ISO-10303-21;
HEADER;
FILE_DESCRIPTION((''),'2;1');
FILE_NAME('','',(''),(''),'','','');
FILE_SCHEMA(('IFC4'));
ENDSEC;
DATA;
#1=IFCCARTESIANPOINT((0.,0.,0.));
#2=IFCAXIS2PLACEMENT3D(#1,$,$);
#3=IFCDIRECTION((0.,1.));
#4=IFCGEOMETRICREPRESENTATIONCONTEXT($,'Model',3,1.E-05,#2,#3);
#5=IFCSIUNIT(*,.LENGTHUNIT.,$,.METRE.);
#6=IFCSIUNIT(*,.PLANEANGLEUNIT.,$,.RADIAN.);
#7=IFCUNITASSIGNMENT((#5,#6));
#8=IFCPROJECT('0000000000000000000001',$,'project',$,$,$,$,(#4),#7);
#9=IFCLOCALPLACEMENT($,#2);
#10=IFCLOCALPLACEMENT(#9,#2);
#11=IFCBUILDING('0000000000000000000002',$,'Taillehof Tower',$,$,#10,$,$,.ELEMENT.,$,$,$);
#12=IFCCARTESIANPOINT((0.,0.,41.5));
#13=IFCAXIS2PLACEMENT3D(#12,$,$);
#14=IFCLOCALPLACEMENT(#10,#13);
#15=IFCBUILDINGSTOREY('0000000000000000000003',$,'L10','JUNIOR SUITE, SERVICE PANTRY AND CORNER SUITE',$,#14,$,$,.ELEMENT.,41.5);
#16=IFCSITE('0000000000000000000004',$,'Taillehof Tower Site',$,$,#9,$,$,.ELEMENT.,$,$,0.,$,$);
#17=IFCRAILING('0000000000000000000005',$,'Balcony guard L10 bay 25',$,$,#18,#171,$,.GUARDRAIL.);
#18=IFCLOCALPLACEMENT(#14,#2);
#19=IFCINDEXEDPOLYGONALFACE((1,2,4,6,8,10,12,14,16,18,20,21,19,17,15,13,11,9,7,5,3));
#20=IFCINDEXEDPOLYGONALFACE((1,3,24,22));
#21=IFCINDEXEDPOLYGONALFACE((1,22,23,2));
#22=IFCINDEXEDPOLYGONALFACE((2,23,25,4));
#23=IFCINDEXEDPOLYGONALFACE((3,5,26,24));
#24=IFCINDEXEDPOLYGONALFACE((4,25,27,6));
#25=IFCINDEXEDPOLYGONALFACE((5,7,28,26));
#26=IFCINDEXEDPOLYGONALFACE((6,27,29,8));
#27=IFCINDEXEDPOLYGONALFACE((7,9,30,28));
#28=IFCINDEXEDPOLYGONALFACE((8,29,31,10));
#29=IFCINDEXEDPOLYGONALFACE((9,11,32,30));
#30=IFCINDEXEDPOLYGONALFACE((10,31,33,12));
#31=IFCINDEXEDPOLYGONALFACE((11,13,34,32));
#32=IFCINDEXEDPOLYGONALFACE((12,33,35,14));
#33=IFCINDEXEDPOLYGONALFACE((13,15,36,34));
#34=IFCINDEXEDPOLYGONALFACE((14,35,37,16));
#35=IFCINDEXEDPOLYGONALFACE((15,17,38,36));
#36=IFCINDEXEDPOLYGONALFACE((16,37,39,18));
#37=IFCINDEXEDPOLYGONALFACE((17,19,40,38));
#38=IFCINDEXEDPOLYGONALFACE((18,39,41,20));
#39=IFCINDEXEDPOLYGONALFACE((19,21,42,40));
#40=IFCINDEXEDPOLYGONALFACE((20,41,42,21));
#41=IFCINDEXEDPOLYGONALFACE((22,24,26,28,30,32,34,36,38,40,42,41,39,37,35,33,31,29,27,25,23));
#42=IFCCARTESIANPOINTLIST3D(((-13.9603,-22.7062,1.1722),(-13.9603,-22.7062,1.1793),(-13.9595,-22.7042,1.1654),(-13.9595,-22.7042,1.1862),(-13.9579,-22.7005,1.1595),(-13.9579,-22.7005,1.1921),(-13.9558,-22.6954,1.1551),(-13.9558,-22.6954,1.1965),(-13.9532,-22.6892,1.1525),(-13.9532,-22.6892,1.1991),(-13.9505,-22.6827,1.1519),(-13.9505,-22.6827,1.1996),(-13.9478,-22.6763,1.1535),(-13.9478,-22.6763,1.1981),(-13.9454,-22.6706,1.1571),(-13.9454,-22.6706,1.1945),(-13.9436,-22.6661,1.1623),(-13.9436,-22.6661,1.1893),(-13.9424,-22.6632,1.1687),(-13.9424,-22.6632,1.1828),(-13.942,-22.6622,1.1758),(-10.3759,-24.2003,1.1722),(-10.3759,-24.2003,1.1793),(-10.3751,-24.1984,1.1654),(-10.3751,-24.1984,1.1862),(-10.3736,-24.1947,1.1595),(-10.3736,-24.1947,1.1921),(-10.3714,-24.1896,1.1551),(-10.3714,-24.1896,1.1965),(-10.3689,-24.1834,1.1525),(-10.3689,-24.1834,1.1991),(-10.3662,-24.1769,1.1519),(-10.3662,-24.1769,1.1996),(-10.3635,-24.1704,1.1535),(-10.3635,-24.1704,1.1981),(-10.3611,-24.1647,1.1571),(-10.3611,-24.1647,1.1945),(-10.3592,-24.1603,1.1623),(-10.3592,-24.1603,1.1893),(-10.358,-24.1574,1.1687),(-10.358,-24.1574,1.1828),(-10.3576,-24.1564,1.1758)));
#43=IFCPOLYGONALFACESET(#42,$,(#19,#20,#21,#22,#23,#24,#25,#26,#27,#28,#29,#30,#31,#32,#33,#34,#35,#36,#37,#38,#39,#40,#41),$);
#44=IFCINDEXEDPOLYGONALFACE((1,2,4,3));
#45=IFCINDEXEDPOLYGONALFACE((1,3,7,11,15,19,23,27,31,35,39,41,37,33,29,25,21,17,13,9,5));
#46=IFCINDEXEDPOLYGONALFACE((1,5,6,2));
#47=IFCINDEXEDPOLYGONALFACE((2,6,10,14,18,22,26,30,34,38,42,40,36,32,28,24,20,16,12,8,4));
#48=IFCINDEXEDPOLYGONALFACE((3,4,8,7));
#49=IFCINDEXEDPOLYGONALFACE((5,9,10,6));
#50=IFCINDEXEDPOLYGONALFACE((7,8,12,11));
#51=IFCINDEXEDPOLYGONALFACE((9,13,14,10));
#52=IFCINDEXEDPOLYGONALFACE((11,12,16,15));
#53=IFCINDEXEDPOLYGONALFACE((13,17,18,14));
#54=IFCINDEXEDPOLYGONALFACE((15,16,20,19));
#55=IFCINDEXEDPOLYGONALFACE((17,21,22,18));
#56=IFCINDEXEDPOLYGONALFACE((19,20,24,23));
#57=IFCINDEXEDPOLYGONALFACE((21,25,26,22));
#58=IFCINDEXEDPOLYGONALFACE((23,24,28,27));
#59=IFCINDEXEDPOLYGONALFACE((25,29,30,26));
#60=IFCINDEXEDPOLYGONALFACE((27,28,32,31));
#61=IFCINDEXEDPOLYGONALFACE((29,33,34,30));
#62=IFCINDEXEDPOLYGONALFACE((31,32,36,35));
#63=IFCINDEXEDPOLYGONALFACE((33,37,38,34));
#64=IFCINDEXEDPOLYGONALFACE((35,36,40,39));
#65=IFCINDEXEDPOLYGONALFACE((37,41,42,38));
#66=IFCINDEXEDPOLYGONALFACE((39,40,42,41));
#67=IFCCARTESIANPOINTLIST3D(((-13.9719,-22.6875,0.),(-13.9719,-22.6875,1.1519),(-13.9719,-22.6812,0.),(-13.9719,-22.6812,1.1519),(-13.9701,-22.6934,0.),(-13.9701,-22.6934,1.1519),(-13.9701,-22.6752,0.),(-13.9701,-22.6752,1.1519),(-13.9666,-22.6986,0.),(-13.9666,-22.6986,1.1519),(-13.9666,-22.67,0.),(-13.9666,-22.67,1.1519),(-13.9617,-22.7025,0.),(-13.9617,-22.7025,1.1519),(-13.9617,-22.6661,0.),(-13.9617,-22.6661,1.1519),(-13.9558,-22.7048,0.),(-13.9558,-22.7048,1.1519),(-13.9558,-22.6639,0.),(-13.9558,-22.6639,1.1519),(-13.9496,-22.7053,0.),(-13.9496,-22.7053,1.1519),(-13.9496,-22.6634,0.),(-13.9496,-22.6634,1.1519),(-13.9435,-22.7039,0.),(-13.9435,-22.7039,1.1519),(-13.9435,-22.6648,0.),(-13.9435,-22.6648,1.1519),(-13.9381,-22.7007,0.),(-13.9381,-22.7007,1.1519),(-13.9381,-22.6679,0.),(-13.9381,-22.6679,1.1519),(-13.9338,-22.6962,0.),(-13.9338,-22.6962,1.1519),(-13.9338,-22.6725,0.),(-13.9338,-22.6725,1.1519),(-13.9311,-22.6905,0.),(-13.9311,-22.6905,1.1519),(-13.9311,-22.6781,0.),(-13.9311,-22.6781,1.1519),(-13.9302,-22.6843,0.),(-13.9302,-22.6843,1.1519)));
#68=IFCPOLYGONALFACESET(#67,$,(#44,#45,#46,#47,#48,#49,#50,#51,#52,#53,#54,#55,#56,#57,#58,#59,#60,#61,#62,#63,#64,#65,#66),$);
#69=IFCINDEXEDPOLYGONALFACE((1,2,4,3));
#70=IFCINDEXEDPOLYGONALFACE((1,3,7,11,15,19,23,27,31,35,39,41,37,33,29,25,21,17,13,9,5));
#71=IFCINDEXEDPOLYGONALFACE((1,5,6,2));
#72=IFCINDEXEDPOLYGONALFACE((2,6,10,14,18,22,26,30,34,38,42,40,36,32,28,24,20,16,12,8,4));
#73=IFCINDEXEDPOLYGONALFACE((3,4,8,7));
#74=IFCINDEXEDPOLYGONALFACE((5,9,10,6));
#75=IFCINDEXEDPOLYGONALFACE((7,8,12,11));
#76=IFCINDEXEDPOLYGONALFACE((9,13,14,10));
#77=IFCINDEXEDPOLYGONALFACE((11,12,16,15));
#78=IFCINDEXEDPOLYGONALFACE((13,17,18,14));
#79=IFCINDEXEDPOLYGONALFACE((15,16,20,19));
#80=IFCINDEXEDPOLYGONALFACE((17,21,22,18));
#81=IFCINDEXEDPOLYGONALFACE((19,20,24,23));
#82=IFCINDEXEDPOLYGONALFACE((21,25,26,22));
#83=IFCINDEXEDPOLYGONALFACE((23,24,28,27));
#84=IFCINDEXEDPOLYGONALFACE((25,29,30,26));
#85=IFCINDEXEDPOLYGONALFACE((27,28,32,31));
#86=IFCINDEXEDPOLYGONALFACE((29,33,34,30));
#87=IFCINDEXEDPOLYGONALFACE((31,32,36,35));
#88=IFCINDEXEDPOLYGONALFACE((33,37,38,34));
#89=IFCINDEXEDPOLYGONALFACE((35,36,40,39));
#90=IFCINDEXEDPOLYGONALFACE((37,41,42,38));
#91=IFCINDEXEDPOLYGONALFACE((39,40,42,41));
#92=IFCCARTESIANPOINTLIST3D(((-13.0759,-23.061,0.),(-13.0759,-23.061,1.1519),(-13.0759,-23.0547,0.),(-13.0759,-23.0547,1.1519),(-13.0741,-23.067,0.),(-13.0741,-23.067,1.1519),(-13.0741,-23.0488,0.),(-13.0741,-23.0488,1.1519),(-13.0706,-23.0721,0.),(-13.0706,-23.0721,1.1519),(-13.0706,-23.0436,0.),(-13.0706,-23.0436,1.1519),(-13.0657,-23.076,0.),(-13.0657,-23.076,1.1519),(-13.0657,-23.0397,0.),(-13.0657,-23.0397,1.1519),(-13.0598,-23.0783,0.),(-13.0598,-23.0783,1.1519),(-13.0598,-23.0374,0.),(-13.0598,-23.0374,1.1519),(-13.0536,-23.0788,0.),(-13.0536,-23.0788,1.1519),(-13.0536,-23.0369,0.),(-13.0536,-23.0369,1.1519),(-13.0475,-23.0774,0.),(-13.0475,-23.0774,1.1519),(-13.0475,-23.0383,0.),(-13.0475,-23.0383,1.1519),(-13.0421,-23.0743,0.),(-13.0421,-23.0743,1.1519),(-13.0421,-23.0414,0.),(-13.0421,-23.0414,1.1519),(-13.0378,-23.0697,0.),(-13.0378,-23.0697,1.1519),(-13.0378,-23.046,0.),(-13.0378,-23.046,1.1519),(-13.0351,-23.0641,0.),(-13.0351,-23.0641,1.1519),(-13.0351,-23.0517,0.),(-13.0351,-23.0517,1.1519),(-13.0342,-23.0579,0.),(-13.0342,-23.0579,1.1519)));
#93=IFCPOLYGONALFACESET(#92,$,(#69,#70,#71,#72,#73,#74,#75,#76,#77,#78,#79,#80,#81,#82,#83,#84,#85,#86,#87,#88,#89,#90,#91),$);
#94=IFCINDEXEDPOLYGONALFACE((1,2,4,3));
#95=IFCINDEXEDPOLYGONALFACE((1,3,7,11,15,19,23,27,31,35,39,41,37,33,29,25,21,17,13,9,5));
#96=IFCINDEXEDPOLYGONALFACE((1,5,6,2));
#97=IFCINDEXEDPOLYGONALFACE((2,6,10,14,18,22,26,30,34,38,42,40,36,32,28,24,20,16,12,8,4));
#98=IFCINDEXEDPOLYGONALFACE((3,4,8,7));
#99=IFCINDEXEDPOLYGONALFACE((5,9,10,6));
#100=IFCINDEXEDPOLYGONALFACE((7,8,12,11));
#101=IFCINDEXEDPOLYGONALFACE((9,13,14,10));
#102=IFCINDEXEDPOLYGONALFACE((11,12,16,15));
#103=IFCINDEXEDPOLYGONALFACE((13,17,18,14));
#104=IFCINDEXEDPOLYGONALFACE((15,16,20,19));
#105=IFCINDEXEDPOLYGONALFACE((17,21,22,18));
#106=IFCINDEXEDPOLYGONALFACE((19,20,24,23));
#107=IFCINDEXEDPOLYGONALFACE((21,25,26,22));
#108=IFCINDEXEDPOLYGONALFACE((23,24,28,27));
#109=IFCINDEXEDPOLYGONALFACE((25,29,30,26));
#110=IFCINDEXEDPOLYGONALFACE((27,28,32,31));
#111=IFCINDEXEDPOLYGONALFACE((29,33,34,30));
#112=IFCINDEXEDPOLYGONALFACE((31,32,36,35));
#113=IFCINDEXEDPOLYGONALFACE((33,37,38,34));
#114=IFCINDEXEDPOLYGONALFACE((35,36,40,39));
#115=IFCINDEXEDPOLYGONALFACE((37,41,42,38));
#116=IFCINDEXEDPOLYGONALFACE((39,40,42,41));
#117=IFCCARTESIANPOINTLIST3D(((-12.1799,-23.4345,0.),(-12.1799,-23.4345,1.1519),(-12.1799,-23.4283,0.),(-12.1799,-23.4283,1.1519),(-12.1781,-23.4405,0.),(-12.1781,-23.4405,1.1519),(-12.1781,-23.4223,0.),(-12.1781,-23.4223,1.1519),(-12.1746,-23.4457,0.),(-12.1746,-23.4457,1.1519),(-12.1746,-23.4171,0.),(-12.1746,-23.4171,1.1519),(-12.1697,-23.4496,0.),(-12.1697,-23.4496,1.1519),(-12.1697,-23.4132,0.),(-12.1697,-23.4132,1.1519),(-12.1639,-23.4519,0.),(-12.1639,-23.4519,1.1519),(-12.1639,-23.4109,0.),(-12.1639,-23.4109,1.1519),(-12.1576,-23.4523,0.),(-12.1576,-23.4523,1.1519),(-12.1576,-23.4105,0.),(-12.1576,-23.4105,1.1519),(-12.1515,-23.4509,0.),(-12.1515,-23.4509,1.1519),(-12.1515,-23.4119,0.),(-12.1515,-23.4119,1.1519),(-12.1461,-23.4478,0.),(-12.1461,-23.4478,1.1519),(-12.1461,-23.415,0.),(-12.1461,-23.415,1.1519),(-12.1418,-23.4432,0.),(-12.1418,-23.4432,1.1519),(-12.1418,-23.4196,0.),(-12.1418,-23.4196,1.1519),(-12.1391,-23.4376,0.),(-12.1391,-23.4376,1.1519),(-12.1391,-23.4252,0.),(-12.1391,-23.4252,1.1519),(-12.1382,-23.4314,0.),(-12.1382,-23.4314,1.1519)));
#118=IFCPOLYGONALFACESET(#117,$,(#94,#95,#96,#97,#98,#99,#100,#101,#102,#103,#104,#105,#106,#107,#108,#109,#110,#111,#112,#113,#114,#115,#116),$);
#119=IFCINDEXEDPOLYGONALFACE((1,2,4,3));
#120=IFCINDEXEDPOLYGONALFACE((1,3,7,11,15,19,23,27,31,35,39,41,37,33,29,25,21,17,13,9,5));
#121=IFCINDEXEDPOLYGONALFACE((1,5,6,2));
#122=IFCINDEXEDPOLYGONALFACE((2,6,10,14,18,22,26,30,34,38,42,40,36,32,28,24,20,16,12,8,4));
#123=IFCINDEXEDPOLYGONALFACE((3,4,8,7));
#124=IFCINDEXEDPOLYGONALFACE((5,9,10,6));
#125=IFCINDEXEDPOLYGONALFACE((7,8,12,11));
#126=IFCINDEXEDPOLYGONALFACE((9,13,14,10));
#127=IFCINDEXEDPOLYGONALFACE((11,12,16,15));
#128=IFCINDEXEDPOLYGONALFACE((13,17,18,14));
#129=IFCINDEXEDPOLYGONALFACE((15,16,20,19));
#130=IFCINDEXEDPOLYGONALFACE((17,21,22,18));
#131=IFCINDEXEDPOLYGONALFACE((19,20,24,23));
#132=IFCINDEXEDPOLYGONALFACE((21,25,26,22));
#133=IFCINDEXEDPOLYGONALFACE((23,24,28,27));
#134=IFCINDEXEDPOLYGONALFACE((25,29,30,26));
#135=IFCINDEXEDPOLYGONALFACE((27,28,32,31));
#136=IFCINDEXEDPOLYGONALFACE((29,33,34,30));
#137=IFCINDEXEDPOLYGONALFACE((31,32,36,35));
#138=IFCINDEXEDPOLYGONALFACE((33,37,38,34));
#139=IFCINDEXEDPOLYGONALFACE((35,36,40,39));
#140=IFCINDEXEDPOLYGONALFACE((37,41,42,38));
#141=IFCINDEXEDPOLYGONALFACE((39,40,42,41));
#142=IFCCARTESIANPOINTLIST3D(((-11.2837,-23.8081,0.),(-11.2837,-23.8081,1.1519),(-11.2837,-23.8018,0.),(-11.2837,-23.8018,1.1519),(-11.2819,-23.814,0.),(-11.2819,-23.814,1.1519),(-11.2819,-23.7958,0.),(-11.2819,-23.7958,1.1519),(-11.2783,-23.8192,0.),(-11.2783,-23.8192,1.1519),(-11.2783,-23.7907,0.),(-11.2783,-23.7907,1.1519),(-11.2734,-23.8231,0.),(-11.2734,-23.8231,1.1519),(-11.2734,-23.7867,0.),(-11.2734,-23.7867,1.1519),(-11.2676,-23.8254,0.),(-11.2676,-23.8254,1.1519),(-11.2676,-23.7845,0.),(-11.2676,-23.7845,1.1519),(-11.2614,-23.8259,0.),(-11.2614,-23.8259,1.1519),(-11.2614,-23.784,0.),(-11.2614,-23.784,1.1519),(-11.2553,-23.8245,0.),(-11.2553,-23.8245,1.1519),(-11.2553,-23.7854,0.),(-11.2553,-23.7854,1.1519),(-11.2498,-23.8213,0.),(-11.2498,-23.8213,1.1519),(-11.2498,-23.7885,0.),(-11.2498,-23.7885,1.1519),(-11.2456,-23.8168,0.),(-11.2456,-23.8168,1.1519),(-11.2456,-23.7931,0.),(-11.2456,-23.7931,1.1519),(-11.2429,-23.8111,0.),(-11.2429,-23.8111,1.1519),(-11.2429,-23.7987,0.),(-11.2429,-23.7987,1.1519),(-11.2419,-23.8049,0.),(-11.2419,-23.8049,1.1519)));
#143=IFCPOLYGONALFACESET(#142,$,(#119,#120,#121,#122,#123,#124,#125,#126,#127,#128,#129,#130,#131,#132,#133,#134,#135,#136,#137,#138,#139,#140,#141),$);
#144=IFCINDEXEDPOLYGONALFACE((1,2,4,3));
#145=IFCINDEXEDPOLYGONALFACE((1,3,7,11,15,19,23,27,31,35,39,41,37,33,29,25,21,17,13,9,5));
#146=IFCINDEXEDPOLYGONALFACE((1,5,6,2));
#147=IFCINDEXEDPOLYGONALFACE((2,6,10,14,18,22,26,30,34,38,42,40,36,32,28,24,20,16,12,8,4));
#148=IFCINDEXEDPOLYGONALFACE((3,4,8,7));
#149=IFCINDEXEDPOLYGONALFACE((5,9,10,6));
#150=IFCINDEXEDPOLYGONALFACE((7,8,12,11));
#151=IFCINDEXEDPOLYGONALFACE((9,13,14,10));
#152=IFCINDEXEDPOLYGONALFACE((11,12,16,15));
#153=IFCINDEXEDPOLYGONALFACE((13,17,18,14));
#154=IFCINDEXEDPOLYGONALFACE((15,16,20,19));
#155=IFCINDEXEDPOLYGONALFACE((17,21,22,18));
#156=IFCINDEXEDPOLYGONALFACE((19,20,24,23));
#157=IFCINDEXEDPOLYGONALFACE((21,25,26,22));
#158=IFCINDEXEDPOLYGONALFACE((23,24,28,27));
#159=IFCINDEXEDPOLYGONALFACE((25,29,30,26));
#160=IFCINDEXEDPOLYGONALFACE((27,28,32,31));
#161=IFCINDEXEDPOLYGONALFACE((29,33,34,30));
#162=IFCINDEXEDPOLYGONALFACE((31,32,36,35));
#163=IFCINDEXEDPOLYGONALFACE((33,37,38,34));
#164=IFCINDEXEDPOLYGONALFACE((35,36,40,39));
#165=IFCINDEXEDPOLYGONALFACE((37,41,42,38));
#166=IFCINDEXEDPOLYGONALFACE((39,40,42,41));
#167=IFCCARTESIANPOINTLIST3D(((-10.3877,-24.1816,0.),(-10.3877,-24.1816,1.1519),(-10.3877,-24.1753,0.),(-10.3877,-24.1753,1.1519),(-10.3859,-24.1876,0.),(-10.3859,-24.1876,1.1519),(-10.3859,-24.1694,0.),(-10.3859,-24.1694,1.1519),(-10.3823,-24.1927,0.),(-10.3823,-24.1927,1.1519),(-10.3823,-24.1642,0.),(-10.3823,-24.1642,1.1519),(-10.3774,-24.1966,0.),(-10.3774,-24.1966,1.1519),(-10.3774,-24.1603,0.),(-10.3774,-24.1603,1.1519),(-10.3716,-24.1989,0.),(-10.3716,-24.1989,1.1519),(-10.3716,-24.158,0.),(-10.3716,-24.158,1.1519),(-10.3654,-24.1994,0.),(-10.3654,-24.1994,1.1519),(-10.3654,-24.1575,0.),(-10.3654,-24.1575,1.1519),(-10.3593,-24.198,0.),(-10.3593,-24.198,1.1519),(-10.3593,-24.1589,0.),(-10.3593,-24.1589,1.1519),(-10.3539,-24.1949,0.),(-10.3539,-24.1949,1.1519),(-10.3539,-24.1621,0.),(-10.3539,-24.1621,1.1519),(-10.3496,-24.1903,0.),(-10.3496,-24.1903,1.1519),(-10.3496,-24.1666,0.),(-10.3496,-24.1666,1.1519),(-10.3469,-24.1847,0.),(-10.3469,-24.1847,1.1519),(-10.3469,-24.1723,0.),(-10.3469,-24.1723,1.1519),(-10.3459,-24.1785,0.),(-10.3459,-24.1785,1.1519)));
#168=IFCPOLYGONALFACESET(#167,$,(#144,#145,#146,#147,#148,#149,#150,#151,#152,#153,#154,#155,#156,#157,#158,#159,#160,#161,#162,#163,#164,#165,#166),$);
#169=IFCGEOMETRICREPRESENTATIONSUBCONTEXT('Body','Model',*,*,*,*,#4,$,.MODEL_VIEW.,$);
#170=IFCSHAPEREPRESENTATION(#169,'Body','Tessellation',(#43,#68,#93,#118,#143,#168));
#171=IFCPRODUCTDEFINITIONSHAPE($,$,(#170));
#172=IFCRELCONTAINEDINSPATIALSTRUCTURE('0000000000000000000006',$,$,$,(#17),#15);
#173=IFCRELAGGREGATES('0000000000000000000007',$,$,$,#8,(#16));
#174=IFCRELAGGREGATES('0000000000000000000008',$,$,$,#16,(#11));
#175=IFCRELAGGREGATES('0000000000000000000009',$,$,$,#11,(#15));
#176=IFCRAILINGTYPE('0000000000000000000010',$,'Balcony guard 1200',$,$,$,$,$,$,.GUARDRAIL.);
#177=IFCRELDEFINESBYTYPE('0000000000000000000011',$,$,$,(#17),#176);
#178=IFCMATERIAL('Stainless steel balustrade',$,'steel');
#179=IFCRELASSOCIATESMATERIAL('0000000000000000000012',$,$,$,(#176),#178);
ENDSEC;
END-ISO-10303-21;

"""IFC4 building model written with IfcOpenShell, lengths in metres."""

from ifc_helpers import new_model, si_unit, direction, frame, origin, origin_2d, place, context, subcontext, project, spatial, circle, extrude, material, type_object, element, save


model = new_model("IFC4")

# Units and contexts
model_context = context("Model", 3, precision=1e-05, world=origin(), true_north=direction((0.0, 1.0)))
body_context = subcontext(model_context, "Body", "Model", "MODEL_VIEW")
ifc_project = project(units=[si_unit("LENGTHUNIT", "METRE"), si_unit("PLANEANGLEUNIT", "RADIAN")], contexts=[model_context])

# Site, building, storey
site_placement = place(None, origin())
site = spatial("IfcSite", under=ifc_project, at=site_placement, Name="Taillehof Tower Site", CompositionType="ELEMENT", RefElevation=0.0)
building_placement = place(site_placement, origin())
building = spatial("IfcBuilding", under=site, at=building_placement, Name="Taillehof Tower", CompositionType="ELEMENT")
storey_placement = place(building_placement, frame((0.0, 0.0, 41.5)))
storey = spatial("IfcBuildingStorey", under=building, at=storey_placement, Name="L10", Description="JUNIOR SUITE, SERVICE PANTRY AND CORNER SUITE", CompositionType="ELEMENT", Elevation=41.5)

# Railing
ifc_material_1 = material(Name="Stainless steel balustrade", Category="steel")
railing_type = type_object("IfcRailingType", Name="Balcony guard 1200", PredefinedType="GUARDRAIL", material=ifc_material_1)
railing_1_placement = place(storey_placement, frame((-13.9512, -22.6843, 0.0)))
element("IfcRailing", 1, at=railing_1_placement, inside=storey, type_object=railing_type, Name="Balcony guard L10 bay 25", PredefinedType="GUARDRAIL", context=body_context, shape_type="SweptSolid", body=[
    extrude(circle(Radius=0.0239, at=origin_2d()), frame((0.0, 0.0, 1.1758), z_axis=(0.923012, -0.384772, 0.0), x_axis=(0.384772, 0.923012, 0.0)), (0.0, 0.0, 1.0), 3.8833),
    extrude(circle(Radius=0.021, at=origin_2d()), origin(), (0.0, 0.0, 1.0), 1.1519),
    extrude(circle(Radius=0.021, at=origin_2d()), frame((0.896, -0.3735, 0.0)), (0.0, 0.0, 1.0), 1.1519),
    extrude(circle(Radius=0.021, at=origin_2d()), frame((1.792, -0.7471, 0.0)), (0.0, 0.0, 1.0), 1.1519),
    extrude(circle(Radius=0.021, at=origin_2d()), frame((2.6882, -1.1206, 0.0)), (0.0, 0.0, 1.0), 1.1519),
    extrude(circle(Radius=0.021, at=origin_2d()), frame((3.5842, -1.4941, 0.0)), (0.0, 0.0, 1.0), 1.1519),
])

save(model, "model.ifc")
